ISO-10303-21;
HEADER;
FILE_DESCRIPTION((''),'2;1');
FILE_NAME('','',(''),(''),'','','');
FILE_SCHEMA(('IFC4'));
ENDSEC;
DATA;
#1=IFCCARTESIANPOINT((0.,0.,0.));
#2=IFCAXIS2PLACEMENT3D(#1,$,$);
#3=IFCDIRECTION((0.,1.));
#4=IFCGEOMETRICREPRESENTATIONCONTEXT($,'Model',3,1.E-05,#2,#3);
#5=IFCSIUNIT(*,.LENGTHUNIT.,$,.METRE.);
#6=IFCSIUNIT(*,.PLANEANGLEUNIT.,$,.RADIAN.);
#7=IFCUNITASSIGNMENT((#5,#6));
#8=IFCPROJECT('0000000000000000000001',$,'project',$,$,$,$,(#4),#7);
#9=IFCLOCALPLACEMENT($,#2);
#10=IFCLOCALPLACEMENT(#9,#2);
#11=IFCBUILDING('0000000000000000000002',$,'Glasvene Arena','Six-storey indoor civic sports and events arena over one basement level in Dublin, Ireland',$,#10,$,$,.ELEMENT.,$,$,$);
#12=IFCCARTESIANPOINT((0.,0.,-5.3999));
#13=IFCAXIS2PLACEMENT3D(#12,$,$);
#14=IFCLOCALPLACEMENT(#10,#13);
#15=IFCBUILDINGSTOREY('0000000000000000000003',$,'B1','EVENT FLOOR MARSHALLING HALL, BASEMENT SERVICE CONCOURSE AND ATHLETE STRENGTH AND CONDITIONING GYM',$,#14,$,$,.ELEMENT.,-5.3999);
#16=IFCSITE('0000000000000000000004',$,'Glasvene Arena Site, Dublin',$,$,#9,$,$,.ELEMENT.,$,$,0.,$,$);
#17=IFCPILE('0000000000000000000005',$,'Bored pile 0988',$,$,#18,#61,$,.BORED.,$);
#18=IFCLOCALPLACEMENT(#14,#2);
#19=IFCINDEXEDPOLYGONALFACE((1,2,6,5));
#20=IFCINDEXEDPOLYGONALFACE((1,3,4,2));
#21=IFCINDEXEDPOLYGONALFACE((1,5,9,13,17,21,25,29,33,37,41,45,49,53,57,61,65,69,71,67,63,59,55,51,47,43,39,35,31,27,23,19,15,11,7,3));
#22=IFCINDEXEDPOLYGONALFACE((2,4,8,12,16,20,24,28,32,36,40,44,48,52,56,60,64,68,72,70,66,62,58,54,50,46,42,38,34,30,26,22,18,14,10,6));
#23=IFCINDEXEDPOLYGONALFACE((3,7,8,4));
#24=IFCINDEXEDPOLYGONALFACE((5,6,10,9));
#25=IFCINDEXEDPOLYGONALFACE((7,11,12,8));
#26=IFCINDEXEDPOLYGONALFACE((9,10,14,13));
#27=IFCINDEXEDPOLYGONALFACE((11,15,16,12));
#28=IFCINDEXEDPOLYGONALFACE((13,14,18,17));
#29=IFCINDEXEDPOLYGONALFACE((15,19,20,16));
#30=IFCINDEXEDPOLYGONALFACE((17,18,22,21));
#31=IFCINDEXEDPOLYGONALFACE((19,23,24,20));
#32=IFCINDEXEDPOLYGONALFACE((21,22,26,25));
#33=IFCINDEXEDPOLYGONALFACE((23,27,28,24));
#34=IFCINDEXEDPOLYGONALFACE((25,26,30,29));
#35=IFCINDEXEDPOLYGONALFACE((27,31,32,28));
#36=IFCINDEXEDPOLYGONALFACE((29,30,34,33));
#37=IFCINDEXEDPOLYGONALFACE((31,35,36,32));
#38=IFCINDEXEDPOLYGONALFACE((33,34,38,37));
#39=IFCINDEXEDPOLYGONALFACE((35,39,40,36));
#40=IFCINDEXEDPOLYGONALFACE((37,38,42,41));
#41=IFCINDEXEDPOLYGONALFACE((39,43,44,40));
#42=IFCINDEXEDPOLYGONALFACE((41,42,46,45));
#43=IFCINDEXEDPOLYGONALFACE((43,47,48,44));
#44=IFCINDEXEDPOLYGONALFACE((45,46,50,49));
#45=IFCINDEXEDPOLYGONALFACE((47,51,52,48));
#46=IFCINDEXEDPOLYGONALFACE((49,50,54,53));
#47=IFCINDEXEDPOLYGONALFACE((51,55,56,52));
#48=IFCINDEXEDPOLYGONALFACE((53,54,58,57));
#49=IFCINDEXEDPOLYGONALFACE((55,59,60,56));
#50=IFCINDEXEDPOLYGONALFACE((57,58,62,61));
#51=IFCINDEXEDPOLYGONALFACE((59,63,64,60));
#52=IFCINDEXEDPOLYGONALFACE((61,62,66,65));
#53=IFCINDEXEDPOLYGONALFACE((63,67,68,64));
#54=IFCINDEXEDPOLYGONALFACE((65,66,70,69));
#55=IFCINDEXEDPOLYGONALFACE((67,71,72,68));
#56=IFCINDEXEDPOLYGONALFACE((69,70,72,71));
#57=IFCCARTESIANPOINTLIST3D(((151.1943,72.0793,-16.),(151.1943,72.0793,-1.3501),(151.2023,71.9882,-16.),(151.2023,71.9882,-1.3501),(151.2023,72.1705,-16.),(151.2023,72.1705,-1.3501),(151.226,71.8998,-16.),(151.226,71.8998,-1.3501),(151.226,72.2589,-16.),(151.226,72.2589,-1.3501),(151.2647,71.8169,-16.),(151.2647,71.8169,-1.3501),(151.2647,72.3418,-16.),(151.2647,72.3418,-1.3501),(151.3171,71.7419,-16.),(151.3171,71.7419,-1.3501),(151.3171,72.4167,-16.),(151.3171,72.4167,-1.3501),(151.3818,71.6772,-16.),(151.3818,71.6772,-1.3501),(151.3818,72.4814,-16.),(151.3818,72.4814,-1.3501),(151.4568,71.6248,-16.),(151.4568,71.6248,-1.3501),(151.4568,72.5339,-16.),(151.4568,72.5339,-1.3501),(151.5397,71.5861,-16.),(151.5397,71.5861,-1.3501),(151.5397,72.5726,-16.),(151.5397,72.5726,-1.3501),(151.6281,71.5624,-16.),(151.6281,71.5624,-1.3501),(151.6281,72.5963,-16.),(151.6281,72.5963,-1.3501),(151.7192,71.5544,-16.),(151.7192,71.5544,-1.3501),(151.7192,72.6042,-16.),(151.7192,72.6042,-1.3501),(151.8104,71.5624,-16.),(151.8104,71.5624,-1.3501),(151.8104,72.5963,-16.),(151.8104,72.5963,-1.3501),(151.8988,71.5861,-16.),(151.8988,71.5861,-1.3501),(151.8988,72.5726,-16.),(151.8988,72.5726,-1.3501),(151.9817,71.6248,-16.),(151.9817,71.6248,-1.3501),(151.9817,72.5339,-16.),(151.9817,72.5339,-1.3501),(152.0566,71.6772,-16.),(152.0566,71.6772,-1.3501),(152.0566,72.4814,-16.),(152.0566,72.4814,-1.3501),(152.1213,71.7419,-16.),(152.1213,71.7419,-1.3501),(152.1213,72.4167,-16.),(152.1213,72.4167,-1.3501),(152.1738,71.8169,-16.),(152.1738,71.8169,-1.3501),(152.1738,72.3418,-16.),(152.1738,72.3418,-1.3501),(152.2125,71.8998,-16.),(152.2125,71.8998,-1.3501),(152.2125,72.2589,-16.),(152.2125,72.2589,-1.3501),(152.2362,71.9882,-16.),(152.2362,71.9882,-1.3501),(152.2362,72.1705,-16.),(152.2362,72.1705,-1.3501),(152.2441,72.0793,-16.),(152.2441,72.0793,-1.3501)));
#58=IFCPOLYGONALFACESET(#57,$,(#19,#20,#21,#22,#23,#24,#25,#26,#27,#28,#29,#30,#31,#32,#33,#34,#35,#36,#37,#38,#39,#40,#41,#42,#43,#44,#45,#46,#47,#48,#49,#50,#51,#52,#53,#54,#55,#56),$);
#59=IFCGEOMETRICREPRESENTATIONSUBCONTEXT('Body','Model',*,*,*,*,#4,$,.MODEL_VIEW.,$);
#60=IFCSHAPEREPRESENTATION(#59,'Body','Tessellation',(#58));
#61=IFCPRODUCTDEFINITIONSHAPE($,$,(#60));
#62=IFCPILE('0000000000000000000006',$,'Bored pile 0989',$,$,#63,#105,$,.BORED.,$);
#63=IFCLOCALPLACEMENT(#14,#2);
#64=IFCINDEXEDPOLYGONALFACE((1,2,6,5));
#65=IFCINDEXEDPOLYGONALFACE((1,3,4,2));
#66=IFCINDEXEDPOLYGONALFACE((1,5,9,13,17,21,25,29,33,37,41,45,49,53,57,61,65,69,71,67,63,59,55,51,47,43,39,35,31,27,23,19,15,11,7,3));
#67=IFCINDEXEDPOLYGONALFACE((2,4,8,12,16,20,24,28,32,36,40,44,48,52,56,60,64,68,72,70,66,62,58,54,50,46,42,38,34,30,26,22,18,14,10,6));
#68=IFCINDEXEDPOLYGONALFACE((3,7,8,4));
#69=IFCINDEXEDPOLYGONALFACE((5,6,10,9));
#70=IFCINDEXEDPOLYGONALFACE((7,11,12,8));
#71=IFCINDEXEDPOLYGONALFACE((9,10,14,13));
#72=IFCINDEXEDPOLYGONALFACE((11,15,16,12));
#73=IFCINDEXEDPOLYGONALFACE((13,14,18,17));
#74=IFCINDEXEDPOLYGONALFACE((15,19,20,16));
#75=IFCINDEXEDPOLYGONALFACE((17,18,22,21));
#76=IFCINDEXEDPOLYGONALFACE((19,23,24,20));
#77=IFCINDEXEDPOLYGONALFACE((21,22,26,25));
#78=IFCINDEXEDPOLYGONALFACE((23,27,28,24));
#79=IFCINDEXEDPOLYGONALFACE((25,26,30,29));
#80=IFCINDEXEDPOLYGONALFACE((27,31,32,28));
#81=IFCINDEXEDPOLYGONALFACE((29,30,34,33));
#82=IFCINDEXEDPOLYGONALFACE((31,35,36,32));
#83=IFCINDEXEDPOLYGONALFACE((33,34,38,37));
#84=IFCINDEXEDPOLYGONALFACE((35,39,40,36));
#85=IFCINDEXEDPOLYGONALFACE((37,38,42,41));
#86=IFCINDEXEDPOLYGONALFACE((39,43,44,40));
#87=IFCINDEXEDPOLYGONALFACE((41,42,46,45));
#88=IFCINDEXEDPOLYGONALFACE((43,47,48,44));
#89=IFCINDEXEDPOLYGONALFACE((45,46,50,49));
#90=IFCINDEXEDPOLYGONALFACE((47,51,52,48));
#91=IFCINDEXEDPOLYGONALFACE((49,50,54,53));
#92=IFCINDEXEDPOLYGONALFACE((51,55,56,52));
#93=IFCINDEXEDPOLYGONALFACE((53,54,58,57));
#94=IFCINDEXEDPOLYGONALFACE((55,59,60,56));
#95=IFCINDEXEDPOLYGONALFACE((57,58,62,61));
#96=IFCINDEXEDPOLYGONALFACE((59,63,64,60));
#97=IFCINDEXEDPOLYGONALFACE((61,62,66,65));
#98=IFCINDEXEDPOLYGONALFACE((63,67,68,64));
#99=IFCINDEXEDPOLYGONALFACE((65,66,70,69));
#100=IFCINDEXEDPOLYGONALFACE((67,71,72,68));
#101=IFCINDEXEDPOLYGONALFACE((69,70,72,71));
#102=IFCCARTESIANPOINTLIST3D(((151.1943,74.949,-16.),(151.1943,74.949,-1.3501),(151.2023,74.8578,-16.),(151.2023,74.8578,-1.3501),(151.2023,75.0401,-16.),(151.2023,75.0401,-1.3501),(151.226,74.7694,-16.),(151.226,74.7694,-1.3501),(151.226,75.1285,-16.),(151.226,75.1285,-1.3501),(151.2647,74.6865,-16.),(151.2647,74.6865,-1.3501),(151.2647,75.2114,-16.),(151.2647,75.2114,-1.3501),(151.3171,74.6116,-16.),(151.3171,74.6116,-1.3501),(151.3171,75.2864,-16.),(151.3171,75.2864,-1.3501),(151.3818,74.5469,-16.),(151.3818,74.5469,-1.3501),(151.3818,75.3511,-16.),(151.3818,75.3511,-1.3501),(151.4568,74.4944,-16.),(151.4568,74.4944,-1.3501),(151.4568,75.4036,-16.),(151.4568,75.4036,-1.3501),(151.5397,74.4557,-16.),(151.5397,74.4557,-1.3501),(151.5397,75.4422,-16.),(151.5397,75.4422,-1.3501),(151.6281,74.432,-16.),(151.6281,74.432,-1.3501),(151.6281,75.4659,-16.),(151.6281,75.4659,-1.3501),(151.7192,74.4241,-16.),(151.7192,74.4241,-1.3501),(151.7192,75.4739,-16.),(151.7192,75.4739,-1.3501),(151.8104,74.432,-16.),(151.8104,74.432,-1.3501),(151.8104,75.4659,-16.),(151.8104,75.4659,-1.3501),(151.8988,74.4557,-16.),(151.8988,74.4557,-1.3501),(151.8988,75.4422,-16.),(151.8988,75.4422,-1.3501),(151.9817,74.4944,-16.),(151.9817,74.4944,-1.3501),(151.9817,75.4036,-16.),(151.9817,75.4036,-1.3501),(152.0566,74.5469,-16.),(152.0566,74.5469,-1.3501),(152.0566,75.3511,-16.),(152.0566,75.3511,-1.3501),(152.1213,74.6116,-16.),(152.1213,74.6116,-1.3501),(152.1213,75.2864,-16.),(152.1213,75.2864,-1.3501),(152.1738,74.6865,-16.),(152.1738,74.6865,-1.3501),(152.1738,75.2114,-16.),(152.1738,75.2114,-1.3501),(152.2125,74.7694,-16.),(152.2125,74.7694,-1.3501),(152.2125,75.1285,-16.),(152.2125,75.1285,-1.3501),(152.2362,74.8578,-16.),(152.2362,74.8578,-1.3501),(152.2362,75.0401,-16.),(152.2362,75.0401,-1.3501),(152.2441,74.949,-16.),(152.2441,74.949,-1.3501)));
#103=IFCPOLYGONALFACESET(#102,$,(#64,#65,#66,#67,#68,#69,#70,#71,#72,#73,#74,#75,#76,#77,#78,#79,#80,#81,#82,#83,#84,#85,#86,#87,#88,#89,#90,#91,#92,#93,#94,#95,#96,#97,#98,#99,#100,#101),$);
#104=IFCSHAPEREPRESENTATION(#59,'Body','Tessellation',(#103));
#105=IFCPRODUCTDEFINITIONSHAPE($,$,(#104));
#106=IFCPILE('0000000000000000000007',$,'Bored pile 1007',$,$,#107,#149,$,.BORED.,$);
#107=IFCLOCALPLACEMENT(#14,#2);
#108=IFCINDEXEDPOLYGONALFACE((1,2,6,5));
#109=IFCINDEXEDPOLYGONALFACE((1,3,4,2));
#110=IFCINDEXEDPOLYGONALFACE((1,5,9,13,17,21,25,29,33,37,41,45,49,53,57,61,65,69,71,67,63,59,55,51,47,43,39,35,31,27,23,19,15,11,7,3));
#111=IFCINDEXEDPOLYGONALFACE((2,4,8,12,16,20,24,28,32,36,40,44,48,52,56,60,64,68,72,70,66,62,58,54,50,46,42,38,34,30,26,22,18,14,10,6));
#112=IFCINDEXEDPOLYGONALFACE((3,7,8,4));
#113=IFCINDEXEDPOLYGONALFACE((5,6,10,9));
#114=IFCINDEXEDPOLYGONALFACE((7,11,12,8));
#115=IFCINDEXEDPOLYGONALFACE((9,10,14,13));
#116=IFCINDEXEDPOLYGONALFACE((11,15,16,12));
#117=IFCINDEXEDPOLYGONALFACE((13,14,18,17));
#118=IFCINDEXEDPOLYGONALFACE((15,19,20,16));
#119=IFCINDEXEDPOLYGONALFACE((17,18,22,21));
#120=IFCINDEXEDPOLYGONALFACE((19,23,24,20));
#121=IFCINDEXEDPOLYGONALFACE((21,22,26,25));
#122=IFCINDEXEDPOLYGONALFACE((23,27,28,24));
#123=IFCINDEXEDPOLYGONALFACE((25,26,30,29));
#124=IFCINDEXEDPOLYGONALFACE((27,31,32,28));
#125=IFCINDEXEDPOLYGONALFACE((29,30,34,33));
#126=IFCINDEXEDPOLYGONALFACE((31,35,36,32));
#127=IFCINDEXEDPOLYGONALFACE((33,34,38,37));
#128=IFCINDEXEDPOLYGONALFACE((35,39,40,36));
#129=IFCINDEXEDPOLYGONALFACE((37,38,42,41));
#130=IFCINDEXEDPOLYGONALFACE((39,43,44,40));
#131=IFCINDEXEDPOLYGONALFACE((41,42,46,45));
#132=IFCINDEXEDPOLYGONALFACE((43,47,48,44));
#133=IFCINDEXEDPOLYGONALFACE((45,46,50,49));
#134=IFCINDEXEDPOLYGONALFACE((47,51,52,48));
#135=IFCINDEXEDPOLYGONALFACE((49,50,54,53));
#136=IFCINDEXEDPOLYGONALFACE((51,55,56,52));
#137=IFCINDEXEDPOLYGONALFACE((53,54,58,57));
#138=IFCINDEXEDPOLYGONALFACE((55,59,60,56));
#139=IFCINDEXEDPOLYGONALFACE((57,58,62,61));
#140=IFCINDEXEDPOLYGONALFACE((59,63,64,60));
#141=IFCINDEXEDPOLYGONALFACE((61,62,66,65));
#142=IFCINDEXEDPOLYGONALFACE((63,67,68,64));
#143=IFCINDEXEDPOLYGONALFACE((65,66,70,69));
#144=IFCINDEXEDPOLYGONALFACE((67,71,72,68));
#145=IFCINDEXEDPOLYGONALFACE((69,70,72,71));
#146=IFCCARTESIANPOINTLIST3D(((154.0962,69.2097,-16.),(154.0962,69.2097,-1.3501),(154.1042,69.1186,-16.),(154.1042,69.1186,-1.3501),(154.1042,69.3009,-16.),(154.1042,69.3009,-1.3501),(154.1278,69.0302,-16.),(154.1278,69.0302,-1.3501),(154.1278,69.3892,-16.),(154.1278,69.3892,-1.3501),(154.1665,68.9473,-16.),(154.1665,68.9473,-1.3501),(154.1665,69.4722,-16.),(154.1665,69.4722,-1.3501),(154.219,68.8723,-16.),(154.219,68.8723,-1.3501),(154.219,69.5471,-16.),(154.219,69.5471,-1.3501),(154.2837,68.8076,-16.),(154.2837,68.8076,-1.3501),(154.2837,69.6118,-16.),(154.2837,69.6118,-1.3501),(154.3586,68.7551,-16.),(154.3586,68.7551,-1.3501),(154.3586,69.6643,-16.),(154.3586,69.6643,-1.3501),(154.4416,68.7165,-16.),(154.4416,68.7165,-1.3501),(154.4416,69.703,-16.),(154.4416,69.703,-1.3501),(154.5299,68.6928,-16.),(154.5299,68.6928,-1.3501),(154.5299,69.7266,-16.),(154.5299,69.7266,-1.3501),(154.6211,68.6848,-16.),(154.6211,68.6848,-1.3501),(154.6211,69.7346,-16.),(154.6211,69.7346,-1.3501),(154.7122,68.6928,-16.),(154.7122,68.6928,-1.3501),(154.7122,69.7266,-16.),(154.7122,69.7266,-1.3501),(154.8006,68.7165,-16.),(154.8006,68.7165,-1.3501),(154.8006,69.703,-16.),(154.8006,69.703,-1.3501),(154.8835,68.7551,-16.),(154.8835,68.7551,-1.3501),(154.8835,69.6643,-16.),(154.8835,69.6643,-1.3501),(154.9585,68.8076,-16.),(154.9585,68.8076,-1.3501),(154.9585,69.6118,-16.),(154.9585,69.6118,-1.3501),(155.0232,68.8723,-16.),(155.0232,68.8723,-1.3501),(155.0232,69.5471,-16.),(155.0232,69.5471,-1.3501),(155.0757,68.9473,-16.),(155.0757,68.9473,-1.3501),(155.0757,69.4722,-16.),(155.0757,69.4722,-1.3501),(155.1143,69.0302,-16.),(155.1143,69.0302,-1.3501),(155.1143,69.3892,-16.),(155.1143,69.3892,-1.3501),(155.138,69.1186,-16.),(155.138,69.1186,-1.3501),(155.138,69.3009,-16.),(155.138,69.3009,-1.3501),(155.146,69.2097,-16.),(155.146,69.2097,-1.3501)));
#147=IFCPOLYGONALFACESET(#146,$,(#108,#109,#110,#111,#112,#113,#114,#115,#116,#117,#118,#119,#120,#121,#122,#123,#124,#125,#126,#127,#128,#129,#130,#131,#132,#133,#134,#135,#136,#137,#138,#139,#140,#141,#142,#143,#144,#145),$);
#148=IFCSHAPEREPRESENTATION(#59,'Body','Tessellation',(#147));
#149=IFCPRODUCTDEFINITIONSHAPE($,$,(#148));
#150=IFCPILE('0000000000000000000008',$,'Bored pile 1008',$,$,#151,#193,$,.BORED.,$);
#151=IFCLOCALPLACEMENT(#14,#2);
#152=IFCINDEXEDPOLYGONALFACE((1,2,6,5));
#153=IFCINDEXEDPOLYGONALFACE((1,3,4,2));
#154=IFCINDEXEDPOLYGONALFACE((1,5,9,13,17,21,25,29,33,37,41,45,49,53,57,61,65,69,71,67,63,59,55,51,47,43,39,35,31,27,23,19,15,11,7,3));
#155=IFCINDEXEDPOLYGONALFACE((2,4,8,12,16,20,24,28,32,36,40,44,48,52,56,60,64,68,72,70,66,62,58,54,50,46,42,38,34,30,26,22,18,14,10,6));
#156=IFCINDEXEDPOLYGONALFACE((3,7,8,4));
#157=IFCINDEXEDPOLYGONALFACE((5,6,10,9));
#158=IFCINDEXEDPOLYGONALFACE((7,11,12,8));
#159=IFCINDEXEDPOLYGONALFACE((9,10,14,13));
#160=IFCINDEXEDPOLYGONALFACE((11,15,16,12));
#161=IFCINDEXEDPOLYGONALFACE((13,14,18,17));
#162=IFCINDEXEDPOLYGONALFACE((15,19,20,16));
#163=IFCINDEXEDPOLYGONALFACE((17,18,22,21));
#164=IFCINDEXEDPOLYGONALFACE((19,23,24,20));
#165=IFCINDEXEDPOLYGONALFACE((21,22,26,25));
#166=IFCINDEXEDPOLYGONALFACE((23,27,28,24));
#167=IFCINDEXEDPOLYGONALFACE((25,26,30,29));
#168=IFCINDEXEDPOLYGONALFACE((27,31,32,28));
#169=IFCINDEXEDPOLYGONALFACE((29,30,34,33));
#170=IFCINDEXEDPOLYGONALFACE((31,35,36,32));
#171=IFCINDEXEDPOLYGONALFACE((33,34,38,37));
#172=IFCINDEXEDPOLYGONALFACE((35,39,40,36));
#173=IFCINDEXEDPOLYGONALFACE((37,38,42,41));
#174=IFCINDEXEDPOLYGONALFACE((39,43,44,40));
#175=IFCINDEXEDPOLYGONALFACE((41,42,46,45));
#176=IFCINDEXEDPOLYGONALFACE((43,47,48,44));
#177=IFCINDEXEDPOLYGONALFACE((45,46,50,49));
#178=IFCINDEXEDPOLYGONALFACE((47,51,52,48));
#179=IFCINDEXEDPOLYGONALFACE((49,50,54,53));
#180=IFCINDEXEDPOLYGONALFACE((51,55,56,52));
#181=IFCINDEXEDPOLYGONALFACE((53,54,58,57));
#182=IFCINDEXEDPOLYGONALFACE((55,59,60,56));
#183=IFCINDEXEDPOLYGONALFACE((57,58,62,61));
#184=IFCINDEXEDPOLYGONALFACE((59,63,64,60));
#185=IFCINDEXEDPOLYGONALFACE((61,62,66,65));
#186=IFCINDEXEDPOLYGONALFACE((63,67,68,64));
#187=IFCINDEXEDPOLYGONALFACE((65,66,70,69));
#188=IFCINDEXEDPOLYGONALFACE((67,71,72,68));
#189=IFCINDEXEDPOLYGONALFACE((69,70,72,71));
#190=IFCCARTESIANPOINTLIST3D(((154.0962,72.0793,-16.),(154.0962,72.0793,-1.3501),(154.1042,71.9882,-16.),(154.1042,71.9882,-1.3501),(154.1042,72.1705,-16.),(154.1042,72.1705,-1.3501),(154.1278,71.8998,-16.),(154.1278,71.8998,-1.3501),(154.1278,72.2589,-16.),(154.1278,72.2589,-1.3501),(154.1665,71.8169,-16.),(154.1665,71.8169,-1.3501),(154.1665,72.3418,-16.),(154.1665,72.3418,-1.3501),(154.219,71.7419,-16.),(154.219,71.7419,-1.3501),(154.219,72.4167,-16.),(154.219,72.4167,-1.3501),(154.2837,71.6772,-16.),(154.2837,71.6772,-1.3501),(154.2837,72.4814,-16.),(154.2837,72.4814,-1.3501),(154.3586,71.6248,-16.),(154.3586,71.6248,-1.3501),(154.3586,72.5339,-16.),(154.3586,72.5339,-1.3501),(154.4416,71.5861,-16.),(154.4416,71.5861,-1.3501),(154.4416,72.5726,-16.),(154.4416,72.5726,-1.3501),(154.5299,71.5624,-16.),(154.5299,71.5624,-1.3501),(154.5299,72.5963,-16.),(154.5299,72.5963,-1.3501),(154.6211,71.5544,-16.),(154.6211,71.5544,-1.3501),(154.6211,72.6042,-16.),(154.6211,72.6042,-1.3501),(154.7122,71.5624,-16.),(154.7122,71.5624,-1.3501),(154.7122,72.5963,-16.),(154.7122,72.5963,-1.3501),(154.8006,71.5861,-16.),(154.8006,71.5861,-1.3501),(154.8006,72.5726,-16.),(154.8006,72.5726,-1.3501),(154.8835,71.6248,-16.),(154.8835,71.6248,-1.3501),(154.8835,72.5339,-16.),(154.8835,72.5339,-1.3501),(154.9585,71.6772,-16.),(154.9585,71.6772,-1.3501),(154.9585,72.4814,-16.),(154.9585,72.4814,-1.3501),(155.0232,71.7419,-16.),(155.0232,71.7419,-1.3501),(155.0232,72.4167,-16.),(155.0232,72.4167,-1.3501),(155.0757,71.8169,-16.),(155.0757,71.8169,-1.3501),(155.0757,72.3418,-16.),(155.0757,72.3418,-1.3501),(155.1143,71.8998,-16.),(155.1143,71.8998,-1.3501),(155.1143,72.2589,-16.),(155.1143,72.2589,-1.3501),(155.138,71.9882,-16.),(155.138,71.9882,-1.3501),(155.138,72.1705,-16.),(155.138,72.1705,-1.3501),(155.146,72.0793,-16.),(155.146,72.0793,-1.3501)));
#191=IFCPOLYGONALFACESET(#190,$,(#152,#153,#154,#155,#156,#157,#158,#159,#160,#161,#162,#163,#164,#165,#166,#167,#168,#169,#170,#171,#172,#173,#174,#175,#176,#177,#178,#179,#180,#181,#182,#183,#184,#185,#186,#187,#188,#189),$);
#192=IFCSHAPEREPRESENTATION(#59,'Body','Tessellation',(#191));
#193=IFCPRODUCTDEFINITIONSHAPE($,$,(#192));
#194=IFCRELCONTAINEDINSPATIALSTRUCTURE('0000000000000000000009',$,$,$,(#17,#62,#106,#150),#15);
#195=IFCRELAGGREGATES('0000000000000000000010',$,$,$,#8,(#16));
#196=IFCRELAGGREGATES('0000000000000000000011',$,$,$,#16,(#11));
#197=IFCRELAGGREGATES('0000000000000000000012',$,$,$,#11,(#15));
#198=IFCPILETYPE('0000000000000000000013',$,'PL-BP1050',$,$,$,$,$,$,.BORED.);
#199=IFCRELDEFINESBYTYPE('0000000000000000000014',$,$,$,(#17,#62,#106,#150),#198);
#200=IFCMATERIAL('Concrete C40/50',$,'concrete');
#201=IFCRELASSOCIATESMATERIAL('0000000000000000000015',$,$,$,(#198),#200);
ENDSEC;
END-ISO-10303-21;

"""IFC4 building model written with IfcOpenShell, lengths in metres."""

from ifc_helpers import new_model, si_unit, direction, frame, origin, origin_2d, place, context, subcontext, project, spatial, circle, extrude, material, material_profile, profile_set, type_object, element, save


model = new_model("IFC4")

# Units and contexts
model_context = context("Model", 3, precision=1e-05, world=origin(), true_north=direction((0.0, 1.0)))
body_context = subcontext(model_context, "Body", "Model", "MODEL_VIEW")
ifc_project = project(units=[si_unit("LENGTHUNIT", "METRE"), si_unit("PLANEANGLEUNIT", "RADIAN")], contexts=[model_context])

# Site, building, storey
site_placement = place(None, origin())
site = spatial("IfcSite", under=ifc_project, at=site_placement, Name="Glasvene Arena Site, Dublin", CompositionType="ELEMENT", RefElevation=0.0)
building_placement = place(site_placement, origin())
building = spatial("IfcBuilding", under=site, at=building_placement, Name="Glasvene Arena", Description="Six-storey indoor civic sports and events arena over one basement level in Dublin, Ireland", CompositionType="ELEMENT")
storey_placement = place(building_placement, frame((0.0, 0.0, -5.3999)))
storey = spatial("IfcBuildingStorey", under=building, at=storey_placement, Name="B1", Description="EVENT FLOOR MARSHALLING HALL, BASEMENT SERVICE CONCOURSE AND ATHLETE STRENGTH AND CONDITIONING GYM", CompositionType="ELEMENT", Elevation=-5.3999)

# Shared definitions
ifc_material_1 = material(Name="Concrete C40/50", Category="concrete")

# Piles
ifc_material_profile_1 = material_profile(ifc_material_1, circle(Radius=0.5249, at=origin_2d()), Name="BORED PILE 1050")
ifc_profile_set_1 = profile_set([ifc_material_profile_1], Name="Concrete C40/50")
pile_type = type_object("IfcPileType", Name="PL-BP1050", PredefinedType="BORED", material=ifc_profile_set_1)
for number, where, z_axis, x_axis, name in (
    (1, (151.7192, 72.0793, -1.3501), (0.0, 0.0, -1.0), (1.0, 0.0, 0.0), "Bored pile 0988"),
    (2, (151.7192, 74.949, -1.3501), (0.0, 0.0, -1.0), (1.0, 0.0, 0.0), "Bored pile 0989"),
    (3, (154.6211, 69.2097, -1.3501), (0.0, 0.0, -1.0), (1.0, 0.0, 0.0), "Bored pile 1007"),
    (4, (154.6211, 72.0793, -1.3501), (0.0, 0.0, -1.0), (1.0, 0.0, 0.0), "Bored pile 1008"),
):
    element("IfcPile", number, at=place(storey_placement, frame(where, z_axis=z_axis, x_axis=x_axis)), inside=storey, type_object=pile_type, Name=name, PredefinedType="BORED", context=body_context, shape_type="SweptSolid", body=[
        extrude(circle(Radius=0.5249, at=origin_2d()), origin(), (0.0, 0.0, 1.0), 14.6499),
    ])

save(model, "model.ifc")
